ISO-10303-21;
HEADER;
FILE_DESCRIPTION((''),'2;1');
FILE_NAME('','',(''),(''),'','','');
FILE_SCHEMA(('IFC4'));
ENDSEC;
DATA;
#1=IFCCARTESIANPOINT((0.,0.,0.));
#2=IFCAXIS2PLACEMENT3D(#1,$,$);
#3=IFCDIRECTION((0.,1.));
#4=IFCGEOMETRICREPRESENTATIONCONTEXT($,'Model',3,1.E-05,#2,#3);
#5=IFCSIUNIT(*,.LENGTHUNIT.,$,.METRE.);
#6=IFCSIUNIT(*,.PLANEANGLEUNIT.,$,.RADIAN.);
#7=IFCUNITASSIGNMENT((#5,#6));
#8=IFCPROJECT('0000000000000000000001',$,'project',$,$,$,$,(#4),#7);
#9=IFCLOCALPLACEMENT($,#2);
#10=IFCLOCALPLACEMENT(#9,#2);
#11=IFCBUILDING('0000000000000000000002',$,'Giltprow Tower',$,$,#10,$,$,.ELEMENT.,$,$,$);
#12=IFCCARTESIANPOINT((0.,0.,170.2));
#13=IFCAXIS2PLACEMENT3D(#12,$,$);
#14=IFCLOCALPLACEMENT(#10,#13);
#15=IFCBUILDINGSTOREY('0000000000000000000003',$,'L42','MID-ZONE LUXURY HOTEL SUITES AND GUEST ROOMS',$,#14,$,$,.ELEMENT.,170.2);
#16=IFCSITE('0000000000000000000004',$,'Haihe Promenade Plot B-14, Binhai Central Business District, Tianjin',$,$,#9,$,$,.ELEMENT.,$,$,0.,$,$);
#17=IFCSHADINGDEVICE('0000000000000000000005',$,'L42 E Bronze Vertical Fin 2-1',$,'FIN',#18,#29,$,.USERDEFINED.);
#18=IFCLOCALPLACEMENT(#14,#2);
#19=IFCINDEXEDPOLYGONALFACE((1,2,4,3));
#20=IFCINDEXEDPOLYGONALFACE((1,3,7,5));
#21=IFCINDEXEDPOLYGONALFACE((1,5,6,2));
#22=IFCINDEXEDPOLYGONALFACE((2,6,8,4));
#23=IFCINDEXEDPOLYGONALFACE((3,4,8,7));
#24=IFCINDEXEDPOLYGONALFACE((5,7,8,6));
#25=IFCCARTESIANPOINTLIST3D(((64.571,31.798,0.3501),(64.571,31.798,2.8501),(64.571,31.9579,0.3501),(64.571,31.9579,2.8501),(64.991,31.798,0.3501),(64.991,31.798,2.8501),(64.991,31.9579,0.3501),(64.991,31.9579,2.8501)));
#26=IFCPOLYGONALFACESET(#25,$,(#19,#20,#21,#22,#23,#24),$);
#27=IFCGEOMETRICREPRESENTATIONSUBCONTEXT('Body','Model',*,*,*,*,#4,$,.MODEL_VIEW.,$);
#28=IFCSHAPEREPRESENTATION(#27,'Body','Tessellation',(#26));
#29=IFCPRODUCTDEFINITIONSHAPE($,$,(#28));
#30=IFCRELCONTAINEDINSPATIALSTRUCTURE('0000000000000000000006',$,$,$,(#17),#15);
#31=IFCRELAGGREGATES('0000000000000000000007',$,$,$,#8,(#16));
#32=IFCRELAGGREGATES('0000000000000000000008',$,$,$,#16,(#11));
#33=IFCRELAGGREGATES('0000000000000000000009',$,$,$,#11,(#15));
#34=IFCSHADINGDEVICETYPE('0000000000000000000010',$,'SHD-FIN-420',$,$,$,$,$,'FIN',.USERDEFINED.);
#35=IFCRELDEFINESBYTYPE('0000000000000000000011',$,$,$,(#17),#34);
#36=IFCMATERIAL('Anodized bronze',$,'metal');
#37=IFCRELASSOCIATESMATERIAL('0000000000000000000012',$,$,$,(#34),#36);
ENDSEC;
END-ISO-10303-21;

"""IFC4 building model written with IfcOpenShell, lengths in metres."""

from ifc_helpers import new_model, si_unit, direction, frame, origin, origin_2d, place, context, subcontext, project, spatial, rectangle, extrude, source, transform, mapped, material, type_object, element, save


model = new_model("IFC4")

# Units and contexts
model_context = context("Model", 3, precision=1e-05, world=origin(), true_north=direction((0.0, 1.0)))
body_context = subcontext(model_context, "Body", "Model", "MODEL_VIEW")
ifc_project = project(units=[si_unit("LENGTHUNIT", "METRE"), si_unit("PLANEANGLEUNIT", "RADIAN")], contexts=[model_context])

# Site, building, storey
site_placement = place(None, origin())
site = spatial("IfcSite", under=ifc_project, at=site_placement, Name="Haihe Promenade Plot B-14, Binhai Central Business District, Tianjin", CompositionType="ELEMENT", RefElevation=0.0)
building_placement = place(site_placement, origin())
building = spatial("IfcBuilding", under=site, at=building_placement, Name="Giltprow Tower", CompositionType="ELEMENT")
storey_placement = place(building_placement, frame((0.0, 0.0, 170.2)))
storey = spatial("IfcBuildingStorey", under=building, at=storey_placement, Name="L42", Description="MID-ZONE LUXURY HOTEL SUITES AND GUEST ROOMS", CompositionType="ELEMENT", Elevation=170.2)

# Shared definitions
ifc_material_1 = material(Name="Anodized bronze", Category="metal")

# Shading device
shading_device_type = type_object("IfcShadingDeviceType", Name="SHD-FIN-420", ElementType="FIN", PredefinedType="USERDEFINED", material=ifc_material_1)
shared_shape_1 = source(origin(), body_context, "Body", "SweptSolid", [
    extrude(rectangle(XDim=0.4199, YDim=0.1599, at=origin_2d()), origin(), (0.0, 0.0, 1.0), 2.5),
])
shading_device_placement = place(storey_placement, frame((64.781, 31.8779, 0.3501), z_axis=(0.0, 0.0, 1.0), x_axis=(1.0, 0.0, 0.0)))
element("IfcShadingDevice", 1, at=shading_device_placement, inside=storey, type_object=shading_device_type, Name="L42 E Bronze Vertical Fin 2-1", ObjectType="FIN", PredefinedType="USERDEFINED", context=body_context, shape_type="MappedRepresentation", body=[
    mapped(shared_shape_1, transform((0.0, 0.0, 0.0), x_axis=(1.0, 0.0, 0.0), y_axis=(0.0, 1.0, 0.0), z_axis=(0.0, 0.0, 1.0), scale=1.0)),
])

save(model, "model.ifc")
